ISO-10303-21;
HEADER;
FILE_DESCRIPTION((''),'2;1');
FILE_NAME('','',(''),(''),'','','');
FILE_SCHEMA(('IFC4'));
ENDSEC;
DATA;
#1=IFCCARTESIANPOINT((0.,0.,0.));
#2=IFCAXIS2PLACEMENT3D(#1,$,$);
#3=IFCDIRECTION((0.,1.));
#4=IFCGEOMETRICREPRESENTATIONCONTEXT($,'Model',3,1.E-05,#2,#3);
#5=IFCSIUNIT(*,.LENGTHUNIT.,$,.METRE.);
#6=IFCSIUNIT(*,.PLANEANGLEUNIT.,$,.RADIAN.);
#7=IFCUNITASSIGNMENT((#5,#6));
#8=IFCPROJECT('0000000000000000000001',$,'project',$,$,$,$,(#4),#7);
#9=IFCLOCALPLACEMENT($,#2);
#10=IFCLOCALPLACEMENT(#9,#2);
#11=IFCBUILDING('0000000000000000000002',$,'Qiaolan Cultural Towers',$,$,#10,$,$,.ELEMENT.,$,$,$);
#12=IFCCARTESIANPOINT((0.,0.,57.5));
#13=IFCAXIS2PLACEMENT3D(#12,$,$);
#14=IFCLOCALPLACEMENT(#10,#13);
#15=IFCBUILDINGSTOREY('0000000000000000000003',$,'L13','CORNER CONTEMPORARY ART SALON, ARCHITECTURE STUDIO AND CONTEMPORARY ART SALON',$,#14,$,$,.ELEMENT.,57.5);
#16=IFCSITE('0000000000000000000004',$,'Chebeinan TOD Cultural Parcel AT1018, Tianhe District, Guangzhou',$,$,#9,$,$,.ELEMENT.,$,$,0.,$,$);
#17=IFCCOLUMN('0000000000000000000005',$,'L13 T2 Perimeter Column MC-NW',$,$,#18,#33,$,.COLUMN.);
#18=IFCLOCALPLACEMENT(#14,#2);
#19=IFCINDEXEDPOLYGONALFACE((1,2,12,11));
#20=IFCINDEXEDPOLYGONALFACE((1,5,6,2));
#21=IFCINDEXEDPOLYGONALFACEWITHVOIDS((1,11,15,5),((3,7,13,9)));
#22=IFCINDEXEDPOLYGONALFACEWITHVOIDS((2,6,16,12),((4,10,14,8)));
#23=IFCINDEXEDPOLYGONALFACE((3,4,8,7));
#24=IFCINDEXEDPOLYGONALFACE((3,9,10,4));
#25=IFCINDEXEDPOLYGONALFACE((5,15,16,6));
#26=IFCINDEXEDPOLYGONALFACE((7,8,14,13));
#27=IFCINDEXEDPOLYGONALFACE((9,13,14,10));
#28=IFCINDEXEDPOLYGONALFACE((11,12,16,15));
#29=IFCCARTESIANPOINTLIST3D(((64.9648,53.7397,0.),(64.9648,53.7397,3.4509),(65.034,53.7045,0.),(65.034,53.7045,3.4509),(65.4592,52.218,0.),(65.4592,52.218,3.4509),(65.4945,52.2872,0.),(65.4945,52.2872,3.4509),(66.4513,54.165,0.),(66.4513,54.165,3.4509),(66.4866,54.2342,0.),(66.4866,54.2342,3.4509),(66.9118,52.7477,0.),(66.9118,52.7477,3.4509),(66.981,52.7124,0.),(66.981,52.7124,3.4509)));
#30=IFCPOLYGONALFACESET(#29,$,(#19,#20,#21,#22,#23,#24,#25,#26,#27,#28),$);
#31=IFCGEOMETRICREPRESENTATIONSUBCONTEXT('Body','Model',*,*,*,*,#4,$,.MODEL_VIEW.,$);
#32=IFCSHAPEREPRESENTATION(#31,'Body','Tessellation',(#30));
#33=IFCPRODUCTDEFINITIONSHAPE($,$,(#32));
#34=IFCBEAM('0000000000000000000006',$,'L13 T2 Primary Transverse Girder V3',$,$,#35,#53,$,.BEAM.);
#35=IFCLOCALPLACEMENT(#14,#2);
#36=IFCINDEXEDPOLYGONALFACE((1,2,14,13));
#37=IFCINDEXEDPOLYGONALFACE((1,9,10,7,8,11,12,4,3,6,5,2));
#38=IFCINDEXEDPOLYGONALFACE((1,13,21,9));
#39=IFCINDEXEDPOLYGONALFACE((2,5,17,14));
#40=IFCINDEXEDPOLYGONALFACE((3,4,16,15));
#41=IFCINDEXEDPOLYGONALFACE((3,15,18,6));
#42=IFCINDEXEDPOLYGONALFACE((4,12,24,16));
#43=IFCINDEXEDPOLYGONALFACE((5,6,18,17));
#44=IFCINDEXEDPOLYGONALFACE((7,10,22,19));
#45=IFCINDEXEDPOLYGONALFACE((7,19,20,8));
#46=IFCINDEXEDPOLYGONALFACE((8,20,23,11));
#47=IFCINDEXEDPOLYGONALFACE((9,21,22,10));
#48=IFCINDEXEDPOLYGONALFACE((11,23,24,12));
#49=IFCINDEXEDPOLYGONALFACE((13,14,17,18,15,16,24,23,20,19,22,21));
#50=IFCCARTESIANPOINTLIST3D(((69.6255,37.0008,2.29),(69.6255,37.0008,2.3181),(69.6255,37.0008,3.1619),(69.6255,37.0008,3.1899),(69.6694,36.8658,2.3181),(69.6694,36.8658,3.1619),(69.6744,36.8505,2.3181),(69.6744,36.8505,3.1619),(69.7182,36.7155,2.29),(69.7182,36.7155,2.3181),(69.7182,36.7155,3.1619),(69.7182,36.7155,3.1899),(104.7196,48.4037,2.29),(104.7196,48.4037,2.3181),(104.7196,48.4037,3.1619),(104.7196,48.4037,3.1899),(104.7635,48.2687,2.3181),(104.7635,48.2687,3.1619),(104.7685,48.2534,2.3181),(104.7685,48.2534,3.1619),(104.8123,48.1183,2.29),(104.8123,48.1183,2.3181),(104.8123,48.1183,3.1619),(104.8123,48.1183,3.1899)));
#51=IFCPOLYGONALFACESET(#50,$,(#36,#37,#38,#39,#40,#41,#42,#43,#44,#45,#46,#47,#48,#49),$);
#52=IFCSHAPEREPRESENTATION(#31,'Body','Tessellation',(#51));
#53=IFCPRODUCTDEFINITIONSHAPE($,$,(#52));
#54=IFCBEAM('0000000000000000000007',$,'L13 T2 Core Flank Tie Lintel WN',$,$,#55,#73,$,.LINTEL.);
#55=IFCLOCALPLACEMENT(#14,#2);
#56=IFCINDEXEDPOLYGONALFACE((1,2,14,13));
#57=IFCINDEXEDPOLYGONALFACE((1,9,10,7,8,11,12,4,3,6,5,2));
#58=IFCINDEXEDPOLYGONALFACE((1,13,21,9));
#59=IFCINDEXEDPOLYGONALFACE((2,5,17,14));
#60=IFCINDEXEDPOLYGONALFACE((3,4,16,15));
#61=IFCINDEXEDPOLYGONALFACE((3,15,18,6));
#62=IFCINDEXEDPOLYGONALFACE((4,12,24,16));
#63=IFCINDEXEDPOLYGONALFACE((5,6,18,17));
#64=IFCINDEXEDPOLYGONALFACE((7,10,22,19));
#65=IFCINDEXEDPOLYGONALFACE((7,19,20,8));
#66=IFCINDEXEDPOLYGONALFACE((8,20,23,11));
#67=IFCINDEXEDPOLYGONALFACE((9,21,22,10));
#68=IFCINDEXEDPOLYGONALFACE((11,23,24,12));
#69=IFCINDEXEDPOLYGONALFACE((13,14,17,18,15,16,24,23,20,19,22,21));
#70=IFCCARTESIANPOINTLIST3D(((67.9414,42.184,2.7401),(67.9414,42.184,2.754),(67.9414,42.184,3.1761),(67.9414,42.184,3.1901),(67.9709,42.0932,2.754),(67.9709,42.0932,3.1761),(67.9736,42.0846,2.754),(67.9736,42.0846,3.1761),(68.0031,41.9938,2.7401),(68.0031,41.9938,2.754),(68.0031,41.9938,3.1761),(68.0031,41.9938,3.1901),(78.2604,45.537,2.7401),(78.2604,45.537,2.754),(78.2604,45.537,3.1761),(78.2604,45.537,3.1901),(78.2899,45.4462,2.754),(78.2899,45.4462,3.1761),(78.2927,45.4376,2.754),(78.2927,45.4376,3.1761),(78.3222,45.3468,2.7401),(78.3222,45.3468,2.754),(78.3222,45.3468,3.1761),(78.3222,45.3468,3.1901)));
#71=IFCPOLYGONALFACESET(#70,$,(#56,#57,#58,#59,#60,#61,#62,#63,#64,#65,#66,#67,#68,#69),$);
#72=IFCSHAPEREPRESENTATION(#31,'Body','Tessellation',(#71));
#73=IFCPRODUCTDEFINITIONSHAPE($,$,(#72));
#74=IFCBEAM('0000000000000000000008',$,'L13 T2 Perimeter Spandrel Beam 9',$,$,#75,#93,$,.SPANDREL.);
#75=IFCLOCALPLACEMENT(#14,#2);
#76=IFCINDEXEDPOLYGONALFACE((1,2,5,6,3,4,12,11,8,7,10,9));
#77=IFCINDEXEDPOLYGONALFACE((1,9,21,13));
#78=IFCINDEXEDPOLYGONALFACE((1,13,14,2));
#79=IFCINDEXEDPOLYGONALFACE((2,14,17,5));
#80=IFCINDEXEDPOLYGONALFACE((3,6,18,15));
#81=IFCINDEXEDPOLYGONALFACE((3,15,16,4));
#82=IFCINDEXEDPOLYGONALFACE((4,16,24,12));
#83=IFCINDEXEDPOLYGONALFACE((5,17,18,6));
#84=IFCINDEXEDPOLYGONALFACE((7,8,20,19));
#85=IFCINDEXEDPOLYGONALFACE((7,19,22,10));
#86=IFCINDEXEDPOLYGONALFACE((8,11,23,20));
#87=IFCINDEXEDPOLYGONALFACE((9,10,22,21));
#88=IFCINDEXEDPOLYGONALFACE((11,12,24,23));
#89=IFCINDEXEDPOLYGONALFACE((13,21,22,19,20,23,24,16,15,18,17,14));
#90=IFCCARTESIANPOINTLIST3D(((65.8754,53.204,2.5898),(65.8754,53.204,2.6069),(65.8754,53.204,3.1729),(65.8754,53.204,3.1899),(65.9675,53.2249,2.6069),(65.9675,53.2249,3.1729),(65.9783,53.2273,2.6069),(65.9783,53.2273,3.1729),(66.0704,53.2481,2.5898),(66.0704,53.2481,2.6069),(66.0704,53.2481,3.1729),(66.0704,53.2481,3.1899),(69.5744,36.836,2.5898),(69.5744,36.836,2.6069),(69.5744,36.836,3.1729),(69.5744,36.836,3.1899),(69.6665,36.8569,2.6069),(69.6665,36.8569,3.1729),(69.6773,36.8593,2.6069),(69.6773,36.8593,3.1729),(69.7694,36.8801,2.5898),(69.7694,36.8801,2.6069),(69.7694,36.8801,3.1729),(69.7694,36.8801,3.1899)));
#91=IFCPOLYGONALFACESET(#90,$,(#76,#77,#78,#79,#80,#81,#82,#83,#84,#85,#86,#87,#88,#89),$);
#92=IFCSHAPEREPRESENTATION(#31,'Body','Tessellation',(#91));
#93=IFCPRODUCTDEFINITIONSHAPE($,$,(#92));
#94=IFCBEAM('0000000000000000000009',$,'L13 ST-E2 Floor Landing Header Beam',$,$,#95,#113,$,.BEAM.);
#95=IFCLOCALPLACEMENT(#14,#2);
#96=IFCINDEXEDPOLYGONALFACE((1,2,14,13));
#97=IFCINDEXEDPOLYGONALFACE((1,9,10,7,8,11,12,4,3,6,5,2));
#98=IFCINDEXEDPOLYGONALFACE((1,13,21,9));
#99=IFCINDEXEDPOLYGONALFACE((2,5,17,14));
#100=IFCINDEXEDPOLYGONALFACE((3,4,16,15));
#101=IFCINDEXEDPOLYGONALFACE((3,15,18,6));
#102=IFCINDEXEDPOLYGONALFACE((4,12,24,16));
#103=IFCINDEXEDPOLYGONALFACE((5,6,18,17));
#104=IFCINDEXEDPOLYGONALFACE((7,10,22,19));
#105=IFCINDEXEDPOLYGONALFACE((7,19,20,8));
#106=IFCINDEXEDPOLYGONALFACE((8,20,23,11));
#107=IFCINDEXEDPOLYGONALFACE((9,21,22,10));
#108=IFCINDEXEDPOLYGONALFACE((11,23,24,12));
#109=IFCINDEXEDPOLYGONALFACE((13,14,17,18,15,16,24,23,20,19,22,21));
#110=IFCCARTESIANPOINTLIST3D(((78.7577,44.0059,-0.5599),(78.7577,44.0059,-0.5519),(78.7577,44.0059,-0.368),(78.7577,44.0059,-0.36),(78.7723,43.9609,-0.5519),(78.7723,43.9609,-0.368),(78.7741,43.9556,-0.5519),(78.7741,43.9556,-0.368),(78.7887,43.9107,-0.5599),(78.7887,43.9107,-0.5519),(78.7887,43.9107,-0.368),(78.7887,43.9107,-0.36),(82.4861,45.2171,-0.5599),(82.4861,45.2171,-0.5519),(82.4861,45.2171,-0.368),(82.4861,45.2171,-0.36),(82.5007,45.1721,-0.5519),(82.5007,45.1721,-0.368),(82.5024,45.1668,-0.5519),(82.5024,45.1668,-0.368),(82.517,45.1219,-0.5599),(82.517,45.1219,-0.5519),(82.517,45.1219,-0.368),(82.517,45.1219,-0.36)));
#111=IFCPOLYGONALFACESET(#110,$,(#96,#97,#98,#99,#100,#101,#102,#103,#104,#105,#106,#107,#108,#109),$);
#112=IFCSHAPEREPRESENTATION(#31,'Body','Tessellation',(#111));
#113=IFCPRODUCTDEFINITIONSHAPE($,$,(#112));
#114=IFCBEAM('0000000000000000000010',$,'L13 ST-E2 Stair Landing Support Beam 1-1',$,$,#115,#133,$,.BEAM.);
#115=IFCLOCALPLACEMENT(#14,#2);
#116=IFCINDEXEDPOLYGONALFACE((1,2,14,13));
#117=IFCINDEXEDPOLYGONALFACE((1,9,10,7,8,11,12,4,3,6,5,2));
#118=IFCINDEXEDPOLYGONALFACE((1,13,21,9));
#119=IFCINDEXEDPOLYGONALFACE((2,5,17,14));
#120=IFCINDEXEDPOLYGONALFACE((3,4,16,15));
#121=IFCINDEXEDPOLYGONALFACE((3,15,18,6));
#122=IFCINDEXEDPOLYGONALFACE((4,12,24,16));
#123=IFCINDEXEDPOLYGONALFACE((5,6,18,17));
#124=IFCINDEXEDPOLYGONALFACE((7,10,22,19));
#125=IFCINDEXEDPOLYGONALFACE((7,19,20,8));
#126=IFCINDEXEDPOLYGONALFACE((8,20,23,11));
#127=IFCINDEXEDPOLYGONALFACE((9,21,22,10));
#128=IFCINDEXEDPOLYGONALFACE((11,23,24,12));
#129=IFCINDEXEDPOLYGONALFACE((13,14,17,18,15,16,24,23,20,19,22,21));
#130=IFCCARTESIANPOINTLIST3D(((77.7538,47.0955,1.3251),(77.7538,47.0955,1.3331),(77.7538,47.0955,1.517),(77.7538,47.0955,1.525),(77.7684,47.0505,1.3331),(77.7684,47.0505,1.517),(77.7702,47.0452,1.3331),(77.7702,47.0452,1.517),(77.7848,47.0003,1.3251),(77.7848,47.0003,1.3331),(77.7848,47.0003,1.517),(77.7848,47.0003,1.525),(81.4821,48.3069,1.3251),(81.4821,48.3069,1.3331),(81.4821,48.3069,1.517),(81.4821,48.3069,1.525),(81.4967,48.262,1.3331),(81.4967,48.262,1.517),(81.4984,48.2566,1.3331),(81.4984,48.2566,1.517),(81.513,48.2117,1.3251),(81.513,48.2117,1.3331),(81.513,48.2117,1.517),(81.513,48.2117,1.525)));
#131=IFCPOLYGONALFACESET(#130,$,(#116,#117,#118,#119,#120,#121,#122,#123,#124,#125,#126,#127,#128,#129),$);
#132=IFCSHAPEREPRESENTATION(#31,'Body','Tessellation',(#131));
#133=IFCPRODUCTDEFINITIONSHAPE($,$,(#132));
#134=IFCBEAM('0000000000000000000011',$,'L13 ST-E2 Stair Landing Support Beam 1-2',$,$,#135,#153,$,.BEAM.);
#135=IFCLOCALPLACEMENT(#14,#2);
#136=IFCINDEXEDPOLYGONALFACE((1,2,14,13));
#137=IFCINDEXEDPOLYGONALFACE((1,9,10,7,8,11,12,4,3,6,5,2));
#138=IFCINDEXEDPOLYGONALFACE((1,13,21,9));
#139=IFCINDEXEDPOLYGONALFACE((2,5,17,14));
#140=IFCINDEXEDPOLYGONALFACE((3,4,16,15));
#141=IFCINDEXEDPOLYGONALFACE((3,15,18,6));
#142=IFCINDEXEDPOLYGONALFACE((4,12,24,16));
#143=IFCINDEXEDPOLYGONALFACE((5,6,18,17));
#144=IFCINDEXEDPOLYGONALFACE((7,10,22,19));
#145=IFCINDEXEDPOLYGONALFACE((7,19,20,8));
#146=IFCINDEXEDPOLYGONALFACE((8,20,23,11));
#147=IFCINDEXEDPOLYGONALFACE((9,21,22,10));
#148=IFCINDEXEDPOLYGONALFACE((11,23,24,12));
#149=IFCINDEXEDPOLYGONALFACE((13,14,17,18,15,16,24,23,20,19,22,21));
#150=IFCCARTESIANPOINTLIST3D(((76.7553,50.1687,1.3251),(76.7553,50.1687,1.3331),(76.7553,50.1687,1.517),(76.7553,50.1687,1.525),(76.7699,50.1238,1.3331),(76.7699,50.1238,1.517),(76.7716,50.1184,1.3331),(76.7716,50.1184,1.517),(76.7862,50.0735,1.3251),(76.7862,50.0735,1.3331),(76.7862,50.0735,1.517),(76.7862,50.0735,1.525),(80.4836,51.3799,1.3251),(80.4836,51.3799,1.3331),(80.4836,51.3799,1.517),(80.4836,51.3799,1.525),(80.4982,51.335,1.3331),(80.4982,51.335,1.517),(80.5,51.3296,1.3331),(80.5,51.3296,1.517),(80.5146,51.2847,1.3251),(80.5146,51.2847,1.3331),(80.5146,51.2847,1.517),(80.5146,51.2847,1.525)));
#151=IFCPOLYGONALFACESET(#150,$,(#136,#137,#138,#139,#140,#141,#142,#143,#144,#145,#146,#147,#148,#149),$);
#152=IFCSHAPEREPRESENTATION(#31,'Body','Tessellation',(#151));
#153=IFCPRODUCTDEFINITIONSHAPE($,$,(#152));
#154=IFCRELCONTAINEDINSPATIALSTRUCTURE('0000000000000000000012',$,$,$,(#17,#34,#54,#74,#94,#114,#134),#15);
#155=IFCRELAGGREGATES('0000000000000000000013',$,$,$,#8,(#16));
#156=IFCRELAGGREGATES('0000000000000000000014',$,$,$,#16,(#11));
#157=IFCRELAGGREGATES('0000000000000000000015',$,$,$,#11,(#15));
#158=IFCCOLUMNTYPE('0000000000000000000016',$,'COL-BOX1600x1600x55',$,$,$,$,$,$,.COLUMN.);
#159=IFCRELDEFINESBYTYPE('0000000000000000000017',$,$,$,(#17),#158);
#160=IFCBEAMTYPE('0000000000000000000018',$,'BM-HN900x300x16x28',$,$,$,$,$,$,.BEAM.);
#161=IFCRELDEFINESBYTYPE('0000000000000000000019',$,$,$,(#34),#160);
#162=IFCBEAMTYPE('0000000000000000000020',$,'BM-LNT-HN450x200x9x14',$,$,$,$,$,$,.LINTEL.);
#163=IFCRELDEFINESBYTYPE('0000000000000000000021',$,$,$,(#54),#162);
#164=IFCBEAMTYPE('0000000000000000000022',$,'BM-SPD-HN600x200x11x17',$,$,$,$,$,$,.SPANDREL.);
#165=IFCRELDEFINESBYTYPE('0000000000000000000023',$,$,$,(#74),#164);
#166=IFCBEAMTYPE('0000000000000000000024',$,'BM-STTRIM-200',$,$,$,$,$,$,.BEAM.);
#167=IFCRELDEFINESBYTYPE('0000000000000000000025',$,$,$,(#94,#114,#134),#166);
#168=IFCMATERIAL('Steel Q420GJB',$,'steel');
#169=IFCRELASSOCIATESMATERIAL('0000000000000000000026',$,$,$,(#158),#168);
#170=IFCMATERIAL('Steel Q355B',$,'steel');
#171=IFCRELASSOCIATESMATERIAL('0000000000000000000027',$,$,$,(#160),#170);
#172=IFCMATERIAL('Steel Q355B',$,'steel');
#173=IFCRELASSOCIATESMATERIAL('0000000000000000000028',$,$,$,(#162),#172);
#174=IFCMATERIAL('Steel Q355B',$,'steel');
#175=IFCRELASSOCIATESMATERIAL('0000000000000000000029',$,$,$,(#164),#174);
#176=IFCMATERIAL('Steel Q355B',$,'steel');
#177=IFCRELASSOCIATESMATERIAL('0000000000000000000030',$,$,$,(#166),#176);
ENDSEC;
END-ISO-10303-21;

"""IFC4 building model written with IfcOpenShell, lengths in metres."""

from ifc_helpers import new_model, si_unit, direction, frame, origin, origin_2d, place, context, subcontext, project, spatial, hollow_rectangle, i_section, extrude, material, material_profile, profile_set, type_object, element, save


model = new_model("IFC4")

# Units and contexts
model_context = context("Model", 3, precision=1e-05, world=origin(), true_north=direction((0.0, 1.0)))
body_context = subcontext(model_context, "Body", "Model", "MODEL_VIEW")
ifc_project = project(units=[si_unit("LENGTHUNIT", "METRE"), si_unit("PLANEANGLEUNIT", "RADIAN")], contexts=[model_context])

# Site, building, storey
site_placement = place(None, origin())
site = spatial("IfcSite", under=ifc_project, at=site_placement, Name="Chebeinan TOD Cultural Parcel AT1018, Tianhe District, Guangzhou", CompositionType="ELEMENT", RefElevation=0.0)
building_placement = place(site_placement, origin())
building = spatial("IfcBuilding", under=site, at=building_placement, Name="Qiaolan Cultural Towers", CompositionType="ELEMENT")
storey_placement = place(building_placement, frame((0.0, 0.0, 57.5)))
storey = spatial("IfcBuildingStorey", under=building, at=storey_placement, Name="L13", Description="CORNER CONTEMPORARY ART SALON, ARCHITECTURE STUDIO AND CONTEMPORARY ART SALON", CompositionType="ELEMENT", Elevation=57.5)

# Column
ifc_material_1 = material(Name="Steel Q420GJB", Category="steel")
ifc_material_profile_1 = material_profile(ifc_material_1, hollow_rectangle(XDim=1.6001, YDim=1.6001, WallThickness=0.0549, at=origin_2d()), Name="BOX1600x1600x55")
ifc_profile_set_1 = profile_set([ifc_material_profile_1], Name="Steel Q420GJB")
column_type = type_object("IfcColumnType", Name="COL-BOX1600x1600x55", PredefinedType="COLUMN", material=ifc_profile_set_1)
column_placement = place(storey_placement, frame((65.9729, 53.2261, 0.0), z_axis=(0.0, 0.0, 1.0), x_axis=(0.951057, 0.309017, 0.0)))
element("IfcColumn", 1, at=column_placement, inside=storey, type_object=column_type, Name="L13 T2 Perimeter Column MC-NW", PredefinedType="COLUMN", context=body_context, shape_type="SweptSolid", body=[
    extrude(hollow_rectangle(XDim=1.6001, YDim=1.6001, WallThickness=0.0549, at=origin_2d()), origin(), (0.0, 0.0, 1.0), 3.4509),
])

# Beams
ifc_material_2 = material(Name="Steel Q355B", Category="steel")
ifc_material_profile_2 = material_profile(ifc_material_2, i_section(OverallWidth=0.3, OverallDepth=0.8999, WebThickness=0.0161, FlangeThickness=0.0281, at=origin_2d()), Name="HN900x300x16x28")
ifc_profile_set_2 = profile_set([ifc_material_profile_2], Name="Steel Q355B")
beam_type_1 = type_object("IfcBeamType", Name="BM-HN900x300x16x28", PredefinedType="BEAM", material=ifc_profile_set_2)
beam_1_placement = place(storey_placement, frame((69.6719, 36.8582, 2.74), z_axis=(0.951056, 0.309019, 0.0), x_axis=(-0.309019, 0.951056, 0.0)))
element("IfcBeam", 2, at=beam_1_placement, inside=storey, type_object=beam_type_1, Name="L13 T2 Primary Transverse Girder V3", PredefinedType="BEAM", context=body_context, shape_type="SweptSolid", body=[
    extrude(i_section(OverallWidth=0.3, OverallDepth=0.8999, WebThickness=0.0161, FlangeThickness=0.0281, at=origin_2d()), origin(), (0.0, 0.0, 1.0), 36.9001),
])
ifc_material_3 = material(Name="Steel Q355B", Category="steel")
ifc_material_profile_3 = material_profile(ifc_material_3, i_section(OverallWidth=0.2, OverallDepth=0.45, WebThickness=0.009, FlangeThickness=0.0139, at=origin_2d()), Name="HN450x200x9x14")
ifc_profile_set_3 = profile_set([ifc_material_profile_3], Name="Steel Q355B")
beam_type_2 = type_object("IfcBeamType", Name="BM-LNT-HN450x200x9x14", PredefinedType="LINTEL", material=ifc_profile_set_3)
beam_2_placement = place(storey_placement, frame((78.2913, 45.4419, 2.9651), z_axis=(-0.951052, -0.30903, 0.0), x_axis=(0.30903, -0.951052, 0.0)))
element("IfcBeam", 3, at=beam_2_placement, inside=storey, type_object=beam_type_2, Name="L13 T2 Core Flank Tie Lintel WN", PredefinedType="LINTEL", context=body_context, shape_type="SweptSolid", body=[
    extrude(i_section(OverallWidth=0.2, OverallDepth=0.45, WebThickness=0.009, FlangeThickness=0.0139, at=origin_2d()), origin(), (0.0, 0.0, 1.0), 10.8501),
])
ifc_material_4 = material(Name="Steel Q355B", Category="steel")
ifc_material_profile_4 = material_profile(ifc_material_4, i_section(OverallWidth=0.2, OverallDepth=0.6001, WebThickness=0.011, FlangeThickness=0.0171, at=origin_2d()), Name="HN600x200x11x17")
ifc_profile_set_4 = profile_set([ifc_material_profile_4], Name="Steel Q355B")
beam_type_3 = type_object("IfcBeamType", Name="BM-SPD-HN600x200x11x17", PredefinedType="SPANDREL", material=ifc_profile_set_4)
beam_3_placement = place(storey_placement, frame((65.9729, 53.2261, 2.8899), z_axis=(0.220431, -0.975403, 0.0), x_axis=(0.975403, 0.220431, 0.0)))
element("IfcBeam", 4, at=beam_3_placement, inside=storey, type_object=beam_type_3, Name="L13 T2 Perimeter Spandrel Beam 9", PredefinedType="SPANDREL", context=body_context, shape_type="SweptSolid", body=[
    extrude(i_section(OverallWidth=0.2, OverallDepth=0.6001, WebThickness=0.011, FlangeThickness=0.0171, at=origin_2d()), origin(), (0.0, 0.0, 1.0), 16.7808),
])
ifc_material_5 = material(Name="Steel Q355B", Category="steel")
ifc_material_profile_5 = material_profile(ifc_material_5, i_section(OverallWidth=0.1001, OverallDepth=0.2, WebThickness=0.0056, FlangeThickness=0.0081, at=origin_2d()), Name="HN200x100x5.5x8")
ifc_profile_set_5 = profile_set([ifc_material_profile_5], Name="Steel Q355B")
beam_type_4 = type_object("IfcBeamType", Name="BM-STTRIM-200", PredefinedType="BEAM", material=ifc_profile_set_5)
for number, where, z_axis, x_axis, name in (
    (5, (78.7732, 43.9583, -0.46), (0.951072, 0.308969, 0.0), (-0.308969, 0.951072, 0.0), "L13 ST-E2 Floor Landing Header Beam"),
    (6, (77.7693, 47.0479, 1.425), (0.951054, 0.309026, 0.0), (-0.309026, 0.951054, 0.0), "L13 ST-E2 Stair Landing Support Beam 1-1"),
    (7, (76.7708, 50.1211, 1.425), (0.951072, 0.308969, 0.0), (-0.308969, 0.951072, 0.0), "L13 ST-E2 Stair Landing Support Beam 1-2"),
):
    element("IfcBeam", number, at=place(storey_placement, frame(where, z_axis=z_axis, x_axis=x_axis)), inside=storey, type_object=beam_type_4, Name=name, PredefinedType="BEAM", context=body_context, shape_type="SweptSolid", body=[
        extrude(i_section(OverallWidth=0.1001, OverallDepth=0.2, WebThickness=0.0056, FlangeThickness=0.0081, at=origin_2d()), origin(), (0.0, 0.0, 1.0), 3.9202),
    ])

save(model, "model.ifc")
